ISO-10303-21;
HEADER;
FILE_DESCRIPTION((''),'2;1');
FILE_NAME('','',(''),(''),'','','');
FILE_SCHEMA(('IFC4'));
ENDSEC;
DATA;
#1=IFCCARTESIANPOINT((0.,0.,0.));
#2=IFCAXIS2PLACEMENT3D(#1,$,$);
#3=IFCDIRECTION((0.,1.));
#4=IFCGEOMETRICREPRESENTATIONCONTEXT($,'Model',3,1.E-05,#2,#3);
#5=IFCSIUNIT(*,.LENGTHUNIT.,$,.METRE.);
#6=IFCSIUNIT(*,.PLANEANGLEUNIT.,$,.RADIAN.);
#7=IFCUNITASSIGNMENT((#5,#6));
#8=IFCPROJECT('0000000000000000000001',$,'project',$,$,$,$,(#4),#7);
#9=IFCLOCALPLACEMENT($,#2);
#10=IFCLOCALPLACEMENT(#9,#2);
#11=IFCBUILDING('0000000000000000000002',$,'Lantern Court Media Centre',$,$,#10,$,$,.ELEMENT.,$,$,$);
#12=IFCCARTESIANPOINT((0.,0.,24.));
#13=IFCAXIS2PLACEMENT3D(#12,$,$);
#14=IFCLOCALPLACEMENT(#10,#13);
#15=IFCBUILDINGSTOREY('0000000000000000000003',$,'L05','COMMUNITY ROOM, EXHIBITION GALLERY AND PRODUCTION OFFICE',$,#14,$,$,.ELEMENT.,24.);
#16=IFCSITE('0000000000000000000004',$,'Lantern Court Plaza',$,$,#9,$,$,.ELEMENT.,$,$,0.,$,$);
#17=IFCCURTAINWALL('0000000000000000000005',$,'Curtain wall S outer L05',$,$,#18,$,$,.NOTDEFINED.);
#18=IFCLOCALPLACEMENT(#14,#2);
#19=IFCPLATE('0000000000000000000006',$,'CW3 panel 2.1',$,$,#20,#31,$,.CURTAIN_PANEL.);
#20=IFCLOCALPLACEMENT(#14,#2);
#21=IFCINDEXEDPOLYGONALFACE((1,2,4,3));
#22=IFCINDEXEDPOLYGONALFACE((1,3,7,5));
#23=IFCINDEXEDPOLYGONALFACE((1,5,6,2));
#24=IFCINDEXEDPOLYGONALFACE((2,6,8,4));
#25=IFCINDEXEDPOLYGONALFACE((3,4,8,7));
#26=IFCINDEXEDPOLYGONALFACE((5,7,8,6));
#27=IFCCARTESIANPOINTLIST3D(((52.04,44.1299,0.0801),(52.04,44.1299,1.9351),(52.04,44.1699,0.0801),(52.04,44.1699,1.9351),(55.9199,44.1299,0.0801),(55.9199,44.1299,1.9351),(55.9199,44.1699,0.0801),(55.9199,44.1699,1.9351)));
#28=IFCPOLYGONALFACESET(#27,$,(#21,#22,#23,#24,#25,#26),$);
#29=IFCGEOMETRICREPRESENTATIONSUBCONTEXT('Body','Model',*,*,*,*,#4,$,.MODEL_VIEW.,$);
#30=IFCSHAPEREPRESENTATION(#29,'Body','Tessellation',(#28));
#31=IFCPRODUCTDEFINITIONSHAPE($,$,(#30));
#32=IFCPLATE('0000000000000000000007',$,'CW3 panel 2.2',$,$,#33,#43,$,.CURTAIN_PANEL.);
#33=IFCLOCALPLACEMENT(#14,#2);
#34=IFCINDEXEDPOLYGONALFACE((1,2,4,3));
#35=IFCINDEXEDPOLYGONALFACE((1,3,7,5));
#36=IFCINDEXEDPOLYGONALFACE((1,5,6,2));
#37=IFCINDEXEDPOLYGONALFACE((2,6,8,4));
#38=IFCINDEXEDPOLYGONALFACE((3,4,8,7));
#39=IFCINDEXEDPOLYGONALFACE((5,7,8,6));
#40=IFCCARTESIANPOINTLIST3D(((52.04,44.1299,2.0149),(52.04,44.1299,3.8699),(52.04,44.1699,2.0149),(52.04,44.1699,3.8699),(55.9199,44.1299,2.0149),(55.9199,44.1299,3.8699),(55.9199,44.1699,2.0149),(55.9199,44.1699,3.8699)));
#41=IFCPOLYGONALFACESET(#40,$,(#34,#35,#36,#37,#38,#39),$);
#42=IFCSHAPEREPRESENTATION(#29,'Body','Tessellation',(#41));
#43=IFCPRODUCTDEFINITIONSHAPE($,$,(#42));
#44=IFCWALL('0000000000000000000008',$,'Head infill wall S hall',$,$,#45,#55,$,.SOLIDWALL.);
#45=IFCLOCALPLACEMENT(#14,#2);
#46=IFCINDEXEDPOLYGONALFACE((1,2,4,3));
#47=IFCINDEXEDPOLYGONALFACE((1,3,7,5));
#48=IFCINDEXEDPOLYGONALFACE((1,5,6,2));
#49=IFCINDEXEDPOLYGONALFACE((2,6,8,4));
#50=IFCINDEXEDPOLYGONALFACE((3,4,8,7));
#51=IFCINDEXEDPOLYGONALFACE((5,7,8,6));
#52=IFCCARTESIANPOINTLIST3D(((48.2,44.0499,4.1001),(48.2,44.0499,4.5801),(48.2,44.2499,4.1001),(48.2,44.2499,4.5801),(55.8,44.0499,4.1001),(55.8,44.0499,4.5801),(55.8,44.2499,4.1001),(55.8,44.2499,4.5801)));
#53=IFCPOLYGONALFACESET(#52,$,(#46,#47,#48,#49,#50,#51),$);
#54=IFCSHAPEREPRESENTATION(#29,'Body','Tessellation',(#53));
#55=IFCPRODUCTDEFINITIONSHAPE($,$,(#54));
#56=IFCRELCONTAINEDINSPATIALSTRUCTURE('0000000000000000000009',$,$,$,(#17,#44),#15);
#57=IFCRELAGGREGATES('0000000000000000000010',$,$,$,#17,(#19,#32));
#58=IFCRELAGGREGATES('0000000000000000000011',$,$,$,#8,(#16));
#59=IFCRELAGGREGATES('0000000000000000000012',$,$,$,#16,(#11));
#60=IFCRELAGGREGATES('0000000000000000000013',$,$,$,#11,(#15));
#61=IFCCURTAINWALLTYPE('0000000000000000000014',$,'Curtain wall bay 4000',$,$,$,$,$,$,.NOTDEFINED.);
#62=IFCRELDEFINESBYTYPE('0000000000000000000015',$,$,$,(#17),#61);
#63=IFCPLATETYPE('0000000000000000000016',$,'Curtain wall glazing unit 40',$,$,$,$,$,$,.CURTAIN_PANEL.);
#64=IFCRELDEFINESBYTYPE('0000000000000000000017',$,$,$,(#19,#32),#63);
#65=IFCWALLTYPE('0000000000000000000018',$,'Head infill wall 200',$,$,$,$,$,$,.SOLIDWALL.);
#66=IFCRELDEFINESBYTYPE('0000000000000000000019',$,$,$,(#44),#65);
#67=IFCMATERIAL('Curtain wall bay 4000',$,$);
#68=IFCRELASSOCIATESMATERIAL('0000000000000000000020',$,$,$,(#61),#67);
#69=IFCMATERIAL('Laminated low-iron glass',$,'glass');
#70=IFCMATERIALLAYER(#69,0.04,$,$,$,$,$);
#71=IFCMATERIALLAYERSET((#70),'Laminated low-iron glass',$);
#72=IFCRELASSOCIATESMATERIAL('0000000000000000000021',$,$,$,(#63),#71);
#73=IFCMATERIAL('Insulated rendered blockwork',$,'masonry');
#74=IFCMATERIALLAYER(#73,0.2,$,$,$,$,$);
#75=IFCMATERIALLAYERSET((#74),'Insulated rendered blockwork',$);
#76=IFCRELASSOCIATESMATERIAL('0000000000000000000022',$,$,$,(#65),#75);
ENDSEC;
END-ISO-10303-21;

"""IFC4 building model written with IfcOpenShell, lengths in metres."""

from ifc_helpers import new_model, si_unit, direction, frame, frame_2d, origin, origin_2d, place, context, subcontext, project, spatial, rectangle, extrude, material, layer, layer_set, type_object, element, aggregate, save


model = new_model("IFC4")

# Units and contexts
model_context = context("Model", 3, precision=1e-05, world=origin(), true_north=direction((0.0, 1.0)))
body_context = subcontext(model_context, "Body", "Model", "MODEL_VIEW")
ifc_project = project(units=[si_unit("LENGTHUNIT", "METRE"), si_unit("PLANEANGLEUNIT", "RADIAN")], contexts=[model_context])

# Site, building, storey
site_placement = place(None, origin())
site = spatial("IfcSite", under=ifc_project, at=site_placement, Name="Lantern Court Plaza", CompositionType="ELEMENT", RefElevation=0.0)
building_placement = place(site_placement, origin())
building = spatial("IfcBuilding", under=site, at=building_placement, Name="Lantern Court Media Centre", CompositionType="ELEMENT")
storey_placement = place(building_placement, frame((0.0, 0.0, 24.0)))
storey = spatial("IfcBuildingStorey", under=building, at=storey_placement, Name="L05", Description="COMMUNITY ROOM, EXHIBITION GALLERY AND PRODUCTION OFFICE", CompositionType="ELEMENT", Elevation=24.0)

# Shared definitions
ifc_material_1 = material(Name="Curtain wall bay 4000")
curtain_wall_type = type_object("IfcCurtainWallType", Name="Curtain wall bay 4000", PredefinedType="NOTDEFINED", material=ifc_material_1)

# Curtain wall
curtain_wall_1_placement = place(storey_placement, origin())
curtain_wall_1 = element("IfcCurtainWall", 1, at=curtain_wall_1_placement, inside=storey, type_object=curtain_wall_type, Name="Curtain wall S outer L05", PredefinedType="NOTDEFINED")

# Plates
ifc_material_2 = material(Name="Laminated low-iron glass", Category="glass")
ifc_layer_1 = layer(ifc_material_2, 0.04)
ifc_layer_set_1 = layer_set([ifc_layer_1], Name="Laminated low-iron glass")
plate_type = type_object("IfcPlateType", Name="Curtain wall glazing unit 40", PredefinedType="CURTAIN_PANEL", material=ifc_layer_set_1)
plate_1_placement = place(storey_placement, frame((53.98, 44.1499, 0.0801), z_axis=(0.0, 0.0, 1.0), x_axis=(1.0, 0.0, 0.0)))
plate_1 = element("IfcPlate", 2, at=plate_1_placement, type_object=plate_type, Name="CW3 panel 2.1", PredefinedType="CURTAIN_PANEL", context=body_context, shape_type="SweptSolid", body=[
    extrude(rectangle(XDim=3.8799, YDim=0.04, at=origin_2d()), origin(), (0.0, 0.0, 1.0), 1.855),
])
plate_2_placement = place(storey_placement, frame((53.98, 44.1499, 2.0149), z_axis=(0.0, 0.0, 1.0), x_axis=(1.0, 0.0, 0.0)))
plate_2 = element("IfcPlate", 3, at=plate_2_placement, type_object=plate_type, Name="CW3 panel 2.2", PredefinedType="CURTAIN_PANEL", context=body_context, shape_type="SweptSolid", body=[
    extrude(rectangle(XDim=3.8799, YDim=0.04, at=origin_2d()), origin(), (0.0, 0.0, 1.0), 1.855),
])
aggregate(curtain_wall_1, [plate_1, plate_2])

# Wall
ifc_material_3 = material(Name="Insulated rendered blockwork", Category="masonry")
ifc_layer_2 = layer(ifc_material_3, 0.2)
ifc_layer_set_2 = layer_set([ifc_layer_2], Name="Insulated rendered blockwork")
wall_type = type_object("IfcWallType", Name="Head infill wall 200", PredefinedType="SOLIDWALL", material=ifc_layer_set_2)
wall_placement = place(storey_placement, frame((48.2, 44.1499, 4.1001), z_axis=(0.0, 0.0, 1.0), x_axis=(1.0, 0.0, 0.0)))
element("IfcWall", 4, at=wall_placement, inside=storey, type_object=wall_type, Name="Head infill wall S hall", PredefinedType="SOLIDWALL", context=body_context, shape_type="SweptSolid", body=[
    extrude(rectangle(XDim=7.6001, YDim=0.2, at=frame_2d((3.8, 0.0))), origin(), (0.0, 0.0, 1.0), 0.48),
])

save(model, "model.ifc")
